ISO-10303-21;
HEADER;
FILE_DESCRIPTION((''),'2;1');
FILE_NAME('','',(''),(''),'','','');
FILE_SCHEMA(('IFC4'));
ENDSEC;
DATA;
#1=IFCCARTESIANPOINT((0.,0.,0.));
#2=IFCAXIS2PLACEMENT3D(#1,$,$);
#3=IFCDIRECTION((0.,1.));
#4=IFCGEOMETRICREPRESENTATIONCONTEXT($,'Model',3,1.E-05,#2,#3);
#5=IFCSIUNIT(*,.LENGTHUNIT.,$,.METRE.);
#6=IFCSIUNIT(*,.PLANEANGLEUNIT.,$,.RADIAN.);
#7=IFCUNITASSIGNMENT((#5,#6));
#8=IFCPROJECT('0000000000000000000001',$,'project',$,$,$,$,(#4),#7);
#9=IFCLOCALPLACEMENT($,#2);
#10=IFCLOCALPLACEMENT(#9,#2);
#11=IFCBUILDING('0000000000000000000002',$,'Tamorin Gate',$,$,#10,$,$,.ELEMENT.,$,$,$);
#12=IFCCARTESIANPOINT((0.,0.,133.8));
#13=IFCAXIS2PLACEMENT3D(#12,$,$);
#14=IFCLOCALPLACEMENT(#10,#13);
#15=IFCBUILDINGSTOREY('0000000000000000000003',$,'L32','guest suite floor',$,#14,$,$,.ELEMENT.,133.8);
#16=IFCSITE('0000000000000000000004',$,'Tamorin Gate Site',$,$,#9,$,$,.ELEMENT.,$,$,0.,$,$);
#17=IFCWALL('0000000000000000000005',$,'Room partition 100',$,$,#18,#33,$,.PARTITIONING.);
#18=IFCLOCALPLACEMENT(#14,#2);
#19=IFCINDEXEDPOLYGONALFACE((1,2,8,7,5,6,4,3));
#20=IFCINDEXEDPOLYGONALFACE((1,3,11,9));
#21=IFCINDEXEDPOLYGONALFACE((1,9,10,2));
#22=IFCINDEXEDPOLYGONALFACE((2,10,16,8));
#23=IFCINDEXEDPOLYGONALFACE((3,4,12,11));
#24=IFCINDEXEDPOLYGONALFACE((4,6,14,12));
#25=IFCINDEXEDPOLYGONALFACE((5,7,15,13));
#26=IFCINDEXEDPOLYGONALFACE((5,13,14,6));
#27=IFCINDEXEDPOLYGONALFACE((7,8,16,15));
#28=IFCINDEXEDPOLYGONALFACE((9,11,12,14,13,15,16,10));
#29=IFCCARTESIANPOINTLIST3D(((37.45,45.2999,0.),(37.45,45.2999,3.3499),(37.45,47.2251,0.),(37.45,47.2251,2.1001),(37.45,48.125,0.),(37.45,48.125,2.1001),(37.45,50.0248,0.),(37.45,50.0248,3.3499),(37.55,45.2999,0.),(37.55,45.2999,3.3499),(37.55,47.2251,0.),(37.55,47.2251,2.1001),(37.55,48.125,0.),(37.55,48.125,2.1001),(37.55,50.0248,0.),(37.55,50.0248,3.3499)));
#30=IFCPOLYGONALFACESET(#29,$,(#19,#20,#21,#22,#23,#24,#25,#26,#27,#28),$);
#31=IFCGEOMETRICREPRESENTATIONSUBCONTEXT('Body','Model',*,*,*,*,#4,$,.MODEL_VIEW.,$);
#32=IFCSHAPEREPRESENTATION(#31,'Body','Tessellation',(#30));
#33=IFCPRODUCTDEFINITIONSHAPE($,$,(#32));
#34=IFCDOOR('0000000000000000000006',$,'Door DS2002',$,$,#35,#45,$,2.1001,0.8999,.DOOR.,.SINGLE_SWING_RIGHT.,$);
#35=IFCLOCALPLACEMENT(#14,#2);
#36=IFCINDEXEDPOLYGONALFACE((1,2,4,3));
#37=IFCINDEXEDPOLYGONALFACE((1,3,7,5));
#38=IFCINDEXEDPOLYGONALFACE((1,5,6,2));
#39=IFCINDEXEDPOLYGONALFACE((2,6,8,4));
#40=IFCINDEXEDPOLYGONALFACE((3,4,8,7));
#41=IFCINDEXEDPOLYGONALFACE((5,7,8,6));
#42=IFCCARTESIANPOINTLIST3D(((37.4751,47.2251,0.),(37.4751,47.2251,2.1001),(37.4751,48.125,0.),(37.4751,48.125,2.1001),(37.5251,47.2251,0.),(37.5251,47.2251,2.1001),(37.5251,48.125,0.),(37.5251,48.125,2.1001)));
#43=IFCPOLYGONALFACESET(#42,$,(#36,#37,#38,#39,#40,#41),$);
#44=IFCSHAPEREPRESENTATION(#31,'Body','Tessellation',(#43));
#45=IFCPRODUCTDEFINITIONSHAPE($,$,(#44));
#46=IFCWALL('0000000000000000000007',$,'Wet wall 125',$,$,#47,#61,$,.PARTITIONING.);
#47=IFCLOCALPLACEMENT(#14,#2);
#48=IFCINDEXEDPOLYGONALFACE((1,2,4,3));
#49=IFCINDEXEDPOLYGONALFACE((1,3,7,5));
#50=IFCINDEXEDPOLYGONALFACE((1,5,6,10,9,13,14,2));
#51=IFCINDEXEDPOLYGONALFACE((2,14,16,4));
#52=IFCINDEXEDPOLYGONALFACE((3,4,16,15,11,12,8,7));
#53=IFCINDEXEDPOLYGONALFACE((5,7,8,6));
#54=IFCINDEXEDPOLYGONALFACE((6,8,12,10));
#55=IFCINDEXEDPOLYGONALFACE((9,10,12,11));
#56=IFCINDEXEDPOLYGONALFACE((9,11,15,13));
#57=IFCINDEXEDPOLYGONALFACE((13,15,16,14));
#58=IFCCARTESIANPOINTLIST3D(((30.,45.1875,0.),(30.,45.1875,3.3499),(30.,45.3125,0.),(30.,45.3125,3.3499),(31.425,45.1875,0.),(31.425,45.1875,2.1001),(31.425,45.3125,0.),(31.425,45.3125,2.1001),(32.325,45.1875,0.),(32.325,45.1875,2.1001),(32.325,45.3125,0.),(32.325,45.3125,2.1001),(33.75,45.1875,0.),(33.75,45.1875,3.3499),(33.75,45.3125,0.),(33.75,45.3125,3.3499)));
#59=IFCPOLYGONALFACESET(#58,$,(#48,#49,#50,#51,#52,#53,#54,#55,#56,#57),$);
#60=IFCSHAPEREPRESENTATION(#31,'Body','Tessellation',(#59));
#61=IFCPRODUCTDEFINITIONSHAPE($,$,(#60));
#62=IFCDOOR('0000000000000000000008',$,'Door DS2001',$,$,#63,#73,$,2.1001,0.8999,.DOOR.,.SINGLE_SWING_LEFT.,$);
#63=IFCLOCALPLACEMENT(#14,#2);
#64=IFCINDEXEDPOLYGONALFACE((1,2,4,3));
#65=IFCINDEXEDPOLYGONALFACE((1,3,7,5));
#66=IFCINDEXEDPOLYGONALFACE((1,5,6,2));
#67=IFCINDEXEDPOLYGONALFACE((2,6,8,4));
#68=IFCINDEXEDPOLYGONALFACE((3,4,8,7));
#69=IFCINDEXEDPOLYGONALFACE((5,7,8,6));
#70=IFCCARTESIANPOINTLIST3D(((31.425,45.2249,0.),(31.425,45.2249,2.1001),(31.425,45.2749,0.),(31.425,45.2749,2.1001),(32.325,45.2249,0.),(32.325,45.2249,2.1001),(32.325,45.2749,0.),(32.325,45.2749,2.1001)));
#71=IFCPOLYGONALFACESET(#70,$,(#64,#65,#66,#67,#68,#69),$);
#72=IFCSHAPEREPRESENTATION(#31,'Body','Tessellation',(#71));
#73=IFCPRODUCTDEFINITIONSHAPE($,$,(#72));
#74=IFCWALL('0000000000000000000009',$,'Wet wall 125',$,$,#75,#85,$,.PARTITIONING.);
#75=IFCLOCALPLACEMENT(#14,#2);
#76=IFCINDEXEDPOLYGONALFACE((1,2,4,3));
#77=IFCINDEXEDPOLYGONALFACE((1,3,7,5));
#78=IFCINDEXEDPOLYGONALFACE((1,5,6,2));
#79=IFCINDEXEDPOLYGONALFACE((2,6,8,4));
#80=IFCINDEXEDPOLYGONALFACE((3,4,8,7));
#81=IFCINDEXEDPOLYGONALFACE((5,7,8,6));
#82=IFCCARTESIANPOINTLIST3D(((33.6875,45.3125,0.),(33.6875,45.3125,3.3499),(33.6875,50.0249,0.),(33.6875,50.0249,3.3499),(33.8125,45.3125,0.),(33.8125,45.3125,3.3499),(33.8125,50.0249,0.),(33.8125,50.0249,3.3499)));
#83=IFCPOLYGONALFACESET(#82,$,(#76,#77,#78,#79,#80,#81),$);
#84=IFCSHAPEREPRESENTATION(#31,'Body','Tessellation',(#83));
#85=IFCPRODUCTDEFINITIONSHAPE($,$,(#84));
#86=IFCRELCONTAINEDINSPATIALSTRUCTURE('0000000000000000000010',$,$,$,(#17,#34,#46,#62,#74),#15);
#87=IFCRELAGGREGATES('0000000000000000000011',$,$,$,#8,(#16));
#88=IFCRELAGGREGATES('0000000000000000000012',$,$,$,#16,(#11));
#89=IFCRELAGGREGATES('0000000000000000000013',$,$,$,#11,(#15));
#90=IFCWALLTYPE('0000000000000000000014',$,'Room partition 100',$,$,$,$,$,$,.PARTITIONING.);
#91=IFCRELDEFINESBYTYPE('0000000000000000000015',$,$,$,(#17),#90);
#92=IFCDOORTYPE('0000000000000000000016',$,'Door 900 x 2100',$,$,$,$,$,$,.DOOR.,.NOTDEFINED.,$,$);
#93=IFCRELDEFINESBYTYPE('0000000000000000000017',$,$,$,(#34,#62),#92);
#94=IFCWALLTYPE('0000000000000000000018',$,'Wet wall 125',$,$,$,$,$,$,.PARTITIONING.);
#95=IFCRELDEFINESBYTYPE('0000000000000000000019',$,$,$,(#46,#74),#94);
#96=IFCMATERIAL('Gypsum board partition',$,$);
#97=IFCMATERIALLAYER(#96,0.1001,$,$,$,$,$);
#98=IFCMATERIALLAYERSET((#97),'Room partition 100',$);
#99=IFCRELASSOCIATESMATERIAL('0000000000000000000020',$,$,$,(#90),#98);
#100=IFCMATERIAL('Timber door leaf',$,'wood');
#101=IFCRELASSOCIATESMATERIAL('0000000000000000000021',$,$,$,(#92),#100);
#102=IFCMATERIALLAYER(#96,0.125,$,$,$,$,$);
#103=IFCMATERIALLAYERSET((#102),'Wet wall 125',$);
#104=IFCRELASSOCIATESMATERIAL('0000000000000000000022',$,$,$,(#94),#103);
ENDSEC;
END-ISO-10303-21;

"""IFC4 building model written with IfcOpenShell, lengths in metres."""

from ifc_helpers import new_model, si_unit, direction, frame, frame_2d, origin, place, context, subcontext, project, spatial, rectangle, extrude, material, layer, layer_set, type_object, element, fill, save


model = new_model("IFC4")

# Units and contexts
model_context = context("Model", 3, precision=1e-05, world=origin(), true_north=direction((0.0, 1.0)))
body_context = subcontext(model_context, "Body", "Model", "MODEL_VIEW")
ifc_project = project(units=[si_unit("LENGTHUNIT", "METRE"), si_unit("PLANEANGLEUNIT", "RADIAN")], contexts=[model_context])

# Site, building, storey
site_placement = place(None, origin())
site = spatial("IfcSite", under=ifc_project, at=site_placement, Name="Tamorin Gate Site", CompositionType="ELEMENT", RefElevation=0.0)
building_placement = place(site_placement, origin())
building = spatial("IfcBuilding", under=site, at=building_placement, Name="Tamorin Gate", CompositionType="ELEMENT")
storey_placement = place(building_placement, frame((0.0, 0.0, 133.8)))
storey = spatial("IfcBuildingStorey", under=building, at=storey_placement, Name="L32", Description="guest suite floor", CompositionType="ELEMENT", Elevation=133.8)

# Shared definitions
ifc_material_1 = material(Name="Gypsum board partition")
ifc_material_2 = material(Name="Timber door leaf", Category="wood")

# Walls, openings, doors
ifc_layer_1 = layer(ifc_material_1, 0.1001)
ifc_layer_set_1 = layer_set([ifc_layer_1], Name="Room partition 100")
wall_type_1 = type_object("IfcWallType", Name="Room partition 100", PredefinedType="PARTITIONING", material=ifc_layer_set_1)
door_type_1 = type_object("IfcDoorType", Name="Door 900 x 2100", OperationType="NOTDEFINED", PredefinedType="DOOR", material=ifc_material_2)
wall_1_placement = place(storey_placement, frame((37.5, 45.3, 0.0), z_axis=(0.0, 0.0, 1.0), x_axis=(0.0, 1.0, 0.0)))
wall_1 = element("IfcWall", 1, at=wall_1_placement, inside=storey, type_object=wall_type_1, Name="Room partition 100", PredefinedType="PARTITIONING", context=body_context, shape_type="SweptSolid", body=[
    extrude(rectangle(XDim=4.7249, YDim=0.1001, at=frame_2d((2.3623, 0.0))), origin(), (0.0, 0.0, 1.0), 3.3499),
])
opening_1_placement = place(wall_1_placement, frame((1.925, 0.0, 0.0)))
opening_1 = element("IfcOpeningElement", 2, at=opening_1_placement, cuts=wall_1, PredefinedType="OPENING", context=body_context, shape_type="SweptSolid", body=[
    extrude(rectangle(XDim=0.8999, YDim=2.1001, at=frame_2d((0.45, 1.05))), frame((0.0, 0.0601, 0.0), z_axis=(0.0, -1.0, 0.0), x_axis=(1.0, 0.0, 0.0)), (0.0, 0.0, 1.0), 0.1201),
])
door_1_placement = place(opening_1_placement, origin())
door_1 = element("IfcDoor", 3, at=door_1_placement, inside=storey, type_object=door_type_1, Name="Door DS2002", OperationType="SINGLE_SWING_RIGHT", OverallHeight=2.1001, OverallWidth=0.8999, PredefinedType="DOOR", context=body_context, shape_type="SweptSolid", body=[
    extrude(rectangle(XDim=0.8999, YDim=2.1001, at=frame_2d((0.45, 1.05))), frame((0.0, 0.0249, 0.0), z_axis=(0.0, -1.0, 0.0), x_axis=(1.0, 0.0, 0.0)), (0.0, 0.0, 1.0), 0.05),
])
fill(opening_1, door_1)
ifc_layer_2 = layer(ifc_material_1, 0.125)
ifc_layer_set_2 = layer_set([ifc_layer_2], Name="Wet wall 125")
wall_type_2 = type_object("IfcWallType", Name="Wet wall 125", PredefinedType="PARTITIONING", material=ifc_layer_set_2)
wall_2_placement = place(storey_placement, frame((30.0, 45.25, 0.0), z_axis=(0.0, 0.0, 1.0), x_axis=(1.0, 0.0, 0.0)))
wall_2 = element("IfcWall", 4, at=wall_2_placement, inside=storey, type_object=wall_type_2, Name="Wet wall 125", PredefinedType="PARTITIONING", context=body_context, shape_type="SweptSolid", body=[
    extrude(rectangle(XDim=3.75, YDim=0.125, at=frame_2d((1.875, 0.0))), origin(), (0.0, 0.0, 1.0), 3.3499),
])
opening_2_placement = place(wall_2_placement, frame((1.425, 0.0, 0.0)))
opening_2 = element("IfcOpeningElement", 5, at=opening_2_placement, cuts=wall_2, PredefinedType="OPENING", context=body_context, shape_type="SweptSolid", body=[
    extrude(rectangle(XDim=0.8999, YDim=2.1001, at=frame_2d((0.45, 1.05))), frame((0.0, 0.0725, 0.0), z_axis=(0.0, -1.0, 0.0), x_axis=(1.0, 0.0, 0.0)), (0.0, 0.0, 1.0), 0.145),
])
door_2_placement = place(opening_2_placement, origin())
door_2 = element("IfcDoor", 6, at=door_2_placement, inside=storey, type_object=door_type_1, Name="Door DS2001", OperationType="SINGLE_SWING_LEFT", OverallHeight=2.1001, OverallWidth=0.8999, PredefinedType="DOOR", context=body_context, shape_type="SweptSolid", body=[
    extrude(rectangle(XDim=0.8999, YDim=2.1001, at=frame_2d((0.45, 1.05))), frame((0.0, 0.0249, 0.0), z_axis=(0.0, -1.0, 0.0), x_axis=(1.0, 0.0, 0.0)), (0.0, 0.0, 1.0), 0.05),
])
fill(opening_2, door_2)

# Wall
wall_3_placement = place(storey_placement, frame((33.75, 45.3125, 0.0), z_axis=(0.0, 0.0, 1.0), x_axis=(0.0, 1.0, 0.0)))
element("IfcWall", 7, at=wall_3_placement, inside=storey, type_object=wall_type_2, Name="Wet wall 125", PredefinedType="PARTITIONING", context=body_context, shape_type="SweptSolid", body=[
    extrude(rectangle(XDim=4.7124, YDim=0.125, at=frame_2d((2.3562, 0.0))), origin(), (0.0, 0.0, 1.0), 3.3499),
])

save(model, "model.ifc")
